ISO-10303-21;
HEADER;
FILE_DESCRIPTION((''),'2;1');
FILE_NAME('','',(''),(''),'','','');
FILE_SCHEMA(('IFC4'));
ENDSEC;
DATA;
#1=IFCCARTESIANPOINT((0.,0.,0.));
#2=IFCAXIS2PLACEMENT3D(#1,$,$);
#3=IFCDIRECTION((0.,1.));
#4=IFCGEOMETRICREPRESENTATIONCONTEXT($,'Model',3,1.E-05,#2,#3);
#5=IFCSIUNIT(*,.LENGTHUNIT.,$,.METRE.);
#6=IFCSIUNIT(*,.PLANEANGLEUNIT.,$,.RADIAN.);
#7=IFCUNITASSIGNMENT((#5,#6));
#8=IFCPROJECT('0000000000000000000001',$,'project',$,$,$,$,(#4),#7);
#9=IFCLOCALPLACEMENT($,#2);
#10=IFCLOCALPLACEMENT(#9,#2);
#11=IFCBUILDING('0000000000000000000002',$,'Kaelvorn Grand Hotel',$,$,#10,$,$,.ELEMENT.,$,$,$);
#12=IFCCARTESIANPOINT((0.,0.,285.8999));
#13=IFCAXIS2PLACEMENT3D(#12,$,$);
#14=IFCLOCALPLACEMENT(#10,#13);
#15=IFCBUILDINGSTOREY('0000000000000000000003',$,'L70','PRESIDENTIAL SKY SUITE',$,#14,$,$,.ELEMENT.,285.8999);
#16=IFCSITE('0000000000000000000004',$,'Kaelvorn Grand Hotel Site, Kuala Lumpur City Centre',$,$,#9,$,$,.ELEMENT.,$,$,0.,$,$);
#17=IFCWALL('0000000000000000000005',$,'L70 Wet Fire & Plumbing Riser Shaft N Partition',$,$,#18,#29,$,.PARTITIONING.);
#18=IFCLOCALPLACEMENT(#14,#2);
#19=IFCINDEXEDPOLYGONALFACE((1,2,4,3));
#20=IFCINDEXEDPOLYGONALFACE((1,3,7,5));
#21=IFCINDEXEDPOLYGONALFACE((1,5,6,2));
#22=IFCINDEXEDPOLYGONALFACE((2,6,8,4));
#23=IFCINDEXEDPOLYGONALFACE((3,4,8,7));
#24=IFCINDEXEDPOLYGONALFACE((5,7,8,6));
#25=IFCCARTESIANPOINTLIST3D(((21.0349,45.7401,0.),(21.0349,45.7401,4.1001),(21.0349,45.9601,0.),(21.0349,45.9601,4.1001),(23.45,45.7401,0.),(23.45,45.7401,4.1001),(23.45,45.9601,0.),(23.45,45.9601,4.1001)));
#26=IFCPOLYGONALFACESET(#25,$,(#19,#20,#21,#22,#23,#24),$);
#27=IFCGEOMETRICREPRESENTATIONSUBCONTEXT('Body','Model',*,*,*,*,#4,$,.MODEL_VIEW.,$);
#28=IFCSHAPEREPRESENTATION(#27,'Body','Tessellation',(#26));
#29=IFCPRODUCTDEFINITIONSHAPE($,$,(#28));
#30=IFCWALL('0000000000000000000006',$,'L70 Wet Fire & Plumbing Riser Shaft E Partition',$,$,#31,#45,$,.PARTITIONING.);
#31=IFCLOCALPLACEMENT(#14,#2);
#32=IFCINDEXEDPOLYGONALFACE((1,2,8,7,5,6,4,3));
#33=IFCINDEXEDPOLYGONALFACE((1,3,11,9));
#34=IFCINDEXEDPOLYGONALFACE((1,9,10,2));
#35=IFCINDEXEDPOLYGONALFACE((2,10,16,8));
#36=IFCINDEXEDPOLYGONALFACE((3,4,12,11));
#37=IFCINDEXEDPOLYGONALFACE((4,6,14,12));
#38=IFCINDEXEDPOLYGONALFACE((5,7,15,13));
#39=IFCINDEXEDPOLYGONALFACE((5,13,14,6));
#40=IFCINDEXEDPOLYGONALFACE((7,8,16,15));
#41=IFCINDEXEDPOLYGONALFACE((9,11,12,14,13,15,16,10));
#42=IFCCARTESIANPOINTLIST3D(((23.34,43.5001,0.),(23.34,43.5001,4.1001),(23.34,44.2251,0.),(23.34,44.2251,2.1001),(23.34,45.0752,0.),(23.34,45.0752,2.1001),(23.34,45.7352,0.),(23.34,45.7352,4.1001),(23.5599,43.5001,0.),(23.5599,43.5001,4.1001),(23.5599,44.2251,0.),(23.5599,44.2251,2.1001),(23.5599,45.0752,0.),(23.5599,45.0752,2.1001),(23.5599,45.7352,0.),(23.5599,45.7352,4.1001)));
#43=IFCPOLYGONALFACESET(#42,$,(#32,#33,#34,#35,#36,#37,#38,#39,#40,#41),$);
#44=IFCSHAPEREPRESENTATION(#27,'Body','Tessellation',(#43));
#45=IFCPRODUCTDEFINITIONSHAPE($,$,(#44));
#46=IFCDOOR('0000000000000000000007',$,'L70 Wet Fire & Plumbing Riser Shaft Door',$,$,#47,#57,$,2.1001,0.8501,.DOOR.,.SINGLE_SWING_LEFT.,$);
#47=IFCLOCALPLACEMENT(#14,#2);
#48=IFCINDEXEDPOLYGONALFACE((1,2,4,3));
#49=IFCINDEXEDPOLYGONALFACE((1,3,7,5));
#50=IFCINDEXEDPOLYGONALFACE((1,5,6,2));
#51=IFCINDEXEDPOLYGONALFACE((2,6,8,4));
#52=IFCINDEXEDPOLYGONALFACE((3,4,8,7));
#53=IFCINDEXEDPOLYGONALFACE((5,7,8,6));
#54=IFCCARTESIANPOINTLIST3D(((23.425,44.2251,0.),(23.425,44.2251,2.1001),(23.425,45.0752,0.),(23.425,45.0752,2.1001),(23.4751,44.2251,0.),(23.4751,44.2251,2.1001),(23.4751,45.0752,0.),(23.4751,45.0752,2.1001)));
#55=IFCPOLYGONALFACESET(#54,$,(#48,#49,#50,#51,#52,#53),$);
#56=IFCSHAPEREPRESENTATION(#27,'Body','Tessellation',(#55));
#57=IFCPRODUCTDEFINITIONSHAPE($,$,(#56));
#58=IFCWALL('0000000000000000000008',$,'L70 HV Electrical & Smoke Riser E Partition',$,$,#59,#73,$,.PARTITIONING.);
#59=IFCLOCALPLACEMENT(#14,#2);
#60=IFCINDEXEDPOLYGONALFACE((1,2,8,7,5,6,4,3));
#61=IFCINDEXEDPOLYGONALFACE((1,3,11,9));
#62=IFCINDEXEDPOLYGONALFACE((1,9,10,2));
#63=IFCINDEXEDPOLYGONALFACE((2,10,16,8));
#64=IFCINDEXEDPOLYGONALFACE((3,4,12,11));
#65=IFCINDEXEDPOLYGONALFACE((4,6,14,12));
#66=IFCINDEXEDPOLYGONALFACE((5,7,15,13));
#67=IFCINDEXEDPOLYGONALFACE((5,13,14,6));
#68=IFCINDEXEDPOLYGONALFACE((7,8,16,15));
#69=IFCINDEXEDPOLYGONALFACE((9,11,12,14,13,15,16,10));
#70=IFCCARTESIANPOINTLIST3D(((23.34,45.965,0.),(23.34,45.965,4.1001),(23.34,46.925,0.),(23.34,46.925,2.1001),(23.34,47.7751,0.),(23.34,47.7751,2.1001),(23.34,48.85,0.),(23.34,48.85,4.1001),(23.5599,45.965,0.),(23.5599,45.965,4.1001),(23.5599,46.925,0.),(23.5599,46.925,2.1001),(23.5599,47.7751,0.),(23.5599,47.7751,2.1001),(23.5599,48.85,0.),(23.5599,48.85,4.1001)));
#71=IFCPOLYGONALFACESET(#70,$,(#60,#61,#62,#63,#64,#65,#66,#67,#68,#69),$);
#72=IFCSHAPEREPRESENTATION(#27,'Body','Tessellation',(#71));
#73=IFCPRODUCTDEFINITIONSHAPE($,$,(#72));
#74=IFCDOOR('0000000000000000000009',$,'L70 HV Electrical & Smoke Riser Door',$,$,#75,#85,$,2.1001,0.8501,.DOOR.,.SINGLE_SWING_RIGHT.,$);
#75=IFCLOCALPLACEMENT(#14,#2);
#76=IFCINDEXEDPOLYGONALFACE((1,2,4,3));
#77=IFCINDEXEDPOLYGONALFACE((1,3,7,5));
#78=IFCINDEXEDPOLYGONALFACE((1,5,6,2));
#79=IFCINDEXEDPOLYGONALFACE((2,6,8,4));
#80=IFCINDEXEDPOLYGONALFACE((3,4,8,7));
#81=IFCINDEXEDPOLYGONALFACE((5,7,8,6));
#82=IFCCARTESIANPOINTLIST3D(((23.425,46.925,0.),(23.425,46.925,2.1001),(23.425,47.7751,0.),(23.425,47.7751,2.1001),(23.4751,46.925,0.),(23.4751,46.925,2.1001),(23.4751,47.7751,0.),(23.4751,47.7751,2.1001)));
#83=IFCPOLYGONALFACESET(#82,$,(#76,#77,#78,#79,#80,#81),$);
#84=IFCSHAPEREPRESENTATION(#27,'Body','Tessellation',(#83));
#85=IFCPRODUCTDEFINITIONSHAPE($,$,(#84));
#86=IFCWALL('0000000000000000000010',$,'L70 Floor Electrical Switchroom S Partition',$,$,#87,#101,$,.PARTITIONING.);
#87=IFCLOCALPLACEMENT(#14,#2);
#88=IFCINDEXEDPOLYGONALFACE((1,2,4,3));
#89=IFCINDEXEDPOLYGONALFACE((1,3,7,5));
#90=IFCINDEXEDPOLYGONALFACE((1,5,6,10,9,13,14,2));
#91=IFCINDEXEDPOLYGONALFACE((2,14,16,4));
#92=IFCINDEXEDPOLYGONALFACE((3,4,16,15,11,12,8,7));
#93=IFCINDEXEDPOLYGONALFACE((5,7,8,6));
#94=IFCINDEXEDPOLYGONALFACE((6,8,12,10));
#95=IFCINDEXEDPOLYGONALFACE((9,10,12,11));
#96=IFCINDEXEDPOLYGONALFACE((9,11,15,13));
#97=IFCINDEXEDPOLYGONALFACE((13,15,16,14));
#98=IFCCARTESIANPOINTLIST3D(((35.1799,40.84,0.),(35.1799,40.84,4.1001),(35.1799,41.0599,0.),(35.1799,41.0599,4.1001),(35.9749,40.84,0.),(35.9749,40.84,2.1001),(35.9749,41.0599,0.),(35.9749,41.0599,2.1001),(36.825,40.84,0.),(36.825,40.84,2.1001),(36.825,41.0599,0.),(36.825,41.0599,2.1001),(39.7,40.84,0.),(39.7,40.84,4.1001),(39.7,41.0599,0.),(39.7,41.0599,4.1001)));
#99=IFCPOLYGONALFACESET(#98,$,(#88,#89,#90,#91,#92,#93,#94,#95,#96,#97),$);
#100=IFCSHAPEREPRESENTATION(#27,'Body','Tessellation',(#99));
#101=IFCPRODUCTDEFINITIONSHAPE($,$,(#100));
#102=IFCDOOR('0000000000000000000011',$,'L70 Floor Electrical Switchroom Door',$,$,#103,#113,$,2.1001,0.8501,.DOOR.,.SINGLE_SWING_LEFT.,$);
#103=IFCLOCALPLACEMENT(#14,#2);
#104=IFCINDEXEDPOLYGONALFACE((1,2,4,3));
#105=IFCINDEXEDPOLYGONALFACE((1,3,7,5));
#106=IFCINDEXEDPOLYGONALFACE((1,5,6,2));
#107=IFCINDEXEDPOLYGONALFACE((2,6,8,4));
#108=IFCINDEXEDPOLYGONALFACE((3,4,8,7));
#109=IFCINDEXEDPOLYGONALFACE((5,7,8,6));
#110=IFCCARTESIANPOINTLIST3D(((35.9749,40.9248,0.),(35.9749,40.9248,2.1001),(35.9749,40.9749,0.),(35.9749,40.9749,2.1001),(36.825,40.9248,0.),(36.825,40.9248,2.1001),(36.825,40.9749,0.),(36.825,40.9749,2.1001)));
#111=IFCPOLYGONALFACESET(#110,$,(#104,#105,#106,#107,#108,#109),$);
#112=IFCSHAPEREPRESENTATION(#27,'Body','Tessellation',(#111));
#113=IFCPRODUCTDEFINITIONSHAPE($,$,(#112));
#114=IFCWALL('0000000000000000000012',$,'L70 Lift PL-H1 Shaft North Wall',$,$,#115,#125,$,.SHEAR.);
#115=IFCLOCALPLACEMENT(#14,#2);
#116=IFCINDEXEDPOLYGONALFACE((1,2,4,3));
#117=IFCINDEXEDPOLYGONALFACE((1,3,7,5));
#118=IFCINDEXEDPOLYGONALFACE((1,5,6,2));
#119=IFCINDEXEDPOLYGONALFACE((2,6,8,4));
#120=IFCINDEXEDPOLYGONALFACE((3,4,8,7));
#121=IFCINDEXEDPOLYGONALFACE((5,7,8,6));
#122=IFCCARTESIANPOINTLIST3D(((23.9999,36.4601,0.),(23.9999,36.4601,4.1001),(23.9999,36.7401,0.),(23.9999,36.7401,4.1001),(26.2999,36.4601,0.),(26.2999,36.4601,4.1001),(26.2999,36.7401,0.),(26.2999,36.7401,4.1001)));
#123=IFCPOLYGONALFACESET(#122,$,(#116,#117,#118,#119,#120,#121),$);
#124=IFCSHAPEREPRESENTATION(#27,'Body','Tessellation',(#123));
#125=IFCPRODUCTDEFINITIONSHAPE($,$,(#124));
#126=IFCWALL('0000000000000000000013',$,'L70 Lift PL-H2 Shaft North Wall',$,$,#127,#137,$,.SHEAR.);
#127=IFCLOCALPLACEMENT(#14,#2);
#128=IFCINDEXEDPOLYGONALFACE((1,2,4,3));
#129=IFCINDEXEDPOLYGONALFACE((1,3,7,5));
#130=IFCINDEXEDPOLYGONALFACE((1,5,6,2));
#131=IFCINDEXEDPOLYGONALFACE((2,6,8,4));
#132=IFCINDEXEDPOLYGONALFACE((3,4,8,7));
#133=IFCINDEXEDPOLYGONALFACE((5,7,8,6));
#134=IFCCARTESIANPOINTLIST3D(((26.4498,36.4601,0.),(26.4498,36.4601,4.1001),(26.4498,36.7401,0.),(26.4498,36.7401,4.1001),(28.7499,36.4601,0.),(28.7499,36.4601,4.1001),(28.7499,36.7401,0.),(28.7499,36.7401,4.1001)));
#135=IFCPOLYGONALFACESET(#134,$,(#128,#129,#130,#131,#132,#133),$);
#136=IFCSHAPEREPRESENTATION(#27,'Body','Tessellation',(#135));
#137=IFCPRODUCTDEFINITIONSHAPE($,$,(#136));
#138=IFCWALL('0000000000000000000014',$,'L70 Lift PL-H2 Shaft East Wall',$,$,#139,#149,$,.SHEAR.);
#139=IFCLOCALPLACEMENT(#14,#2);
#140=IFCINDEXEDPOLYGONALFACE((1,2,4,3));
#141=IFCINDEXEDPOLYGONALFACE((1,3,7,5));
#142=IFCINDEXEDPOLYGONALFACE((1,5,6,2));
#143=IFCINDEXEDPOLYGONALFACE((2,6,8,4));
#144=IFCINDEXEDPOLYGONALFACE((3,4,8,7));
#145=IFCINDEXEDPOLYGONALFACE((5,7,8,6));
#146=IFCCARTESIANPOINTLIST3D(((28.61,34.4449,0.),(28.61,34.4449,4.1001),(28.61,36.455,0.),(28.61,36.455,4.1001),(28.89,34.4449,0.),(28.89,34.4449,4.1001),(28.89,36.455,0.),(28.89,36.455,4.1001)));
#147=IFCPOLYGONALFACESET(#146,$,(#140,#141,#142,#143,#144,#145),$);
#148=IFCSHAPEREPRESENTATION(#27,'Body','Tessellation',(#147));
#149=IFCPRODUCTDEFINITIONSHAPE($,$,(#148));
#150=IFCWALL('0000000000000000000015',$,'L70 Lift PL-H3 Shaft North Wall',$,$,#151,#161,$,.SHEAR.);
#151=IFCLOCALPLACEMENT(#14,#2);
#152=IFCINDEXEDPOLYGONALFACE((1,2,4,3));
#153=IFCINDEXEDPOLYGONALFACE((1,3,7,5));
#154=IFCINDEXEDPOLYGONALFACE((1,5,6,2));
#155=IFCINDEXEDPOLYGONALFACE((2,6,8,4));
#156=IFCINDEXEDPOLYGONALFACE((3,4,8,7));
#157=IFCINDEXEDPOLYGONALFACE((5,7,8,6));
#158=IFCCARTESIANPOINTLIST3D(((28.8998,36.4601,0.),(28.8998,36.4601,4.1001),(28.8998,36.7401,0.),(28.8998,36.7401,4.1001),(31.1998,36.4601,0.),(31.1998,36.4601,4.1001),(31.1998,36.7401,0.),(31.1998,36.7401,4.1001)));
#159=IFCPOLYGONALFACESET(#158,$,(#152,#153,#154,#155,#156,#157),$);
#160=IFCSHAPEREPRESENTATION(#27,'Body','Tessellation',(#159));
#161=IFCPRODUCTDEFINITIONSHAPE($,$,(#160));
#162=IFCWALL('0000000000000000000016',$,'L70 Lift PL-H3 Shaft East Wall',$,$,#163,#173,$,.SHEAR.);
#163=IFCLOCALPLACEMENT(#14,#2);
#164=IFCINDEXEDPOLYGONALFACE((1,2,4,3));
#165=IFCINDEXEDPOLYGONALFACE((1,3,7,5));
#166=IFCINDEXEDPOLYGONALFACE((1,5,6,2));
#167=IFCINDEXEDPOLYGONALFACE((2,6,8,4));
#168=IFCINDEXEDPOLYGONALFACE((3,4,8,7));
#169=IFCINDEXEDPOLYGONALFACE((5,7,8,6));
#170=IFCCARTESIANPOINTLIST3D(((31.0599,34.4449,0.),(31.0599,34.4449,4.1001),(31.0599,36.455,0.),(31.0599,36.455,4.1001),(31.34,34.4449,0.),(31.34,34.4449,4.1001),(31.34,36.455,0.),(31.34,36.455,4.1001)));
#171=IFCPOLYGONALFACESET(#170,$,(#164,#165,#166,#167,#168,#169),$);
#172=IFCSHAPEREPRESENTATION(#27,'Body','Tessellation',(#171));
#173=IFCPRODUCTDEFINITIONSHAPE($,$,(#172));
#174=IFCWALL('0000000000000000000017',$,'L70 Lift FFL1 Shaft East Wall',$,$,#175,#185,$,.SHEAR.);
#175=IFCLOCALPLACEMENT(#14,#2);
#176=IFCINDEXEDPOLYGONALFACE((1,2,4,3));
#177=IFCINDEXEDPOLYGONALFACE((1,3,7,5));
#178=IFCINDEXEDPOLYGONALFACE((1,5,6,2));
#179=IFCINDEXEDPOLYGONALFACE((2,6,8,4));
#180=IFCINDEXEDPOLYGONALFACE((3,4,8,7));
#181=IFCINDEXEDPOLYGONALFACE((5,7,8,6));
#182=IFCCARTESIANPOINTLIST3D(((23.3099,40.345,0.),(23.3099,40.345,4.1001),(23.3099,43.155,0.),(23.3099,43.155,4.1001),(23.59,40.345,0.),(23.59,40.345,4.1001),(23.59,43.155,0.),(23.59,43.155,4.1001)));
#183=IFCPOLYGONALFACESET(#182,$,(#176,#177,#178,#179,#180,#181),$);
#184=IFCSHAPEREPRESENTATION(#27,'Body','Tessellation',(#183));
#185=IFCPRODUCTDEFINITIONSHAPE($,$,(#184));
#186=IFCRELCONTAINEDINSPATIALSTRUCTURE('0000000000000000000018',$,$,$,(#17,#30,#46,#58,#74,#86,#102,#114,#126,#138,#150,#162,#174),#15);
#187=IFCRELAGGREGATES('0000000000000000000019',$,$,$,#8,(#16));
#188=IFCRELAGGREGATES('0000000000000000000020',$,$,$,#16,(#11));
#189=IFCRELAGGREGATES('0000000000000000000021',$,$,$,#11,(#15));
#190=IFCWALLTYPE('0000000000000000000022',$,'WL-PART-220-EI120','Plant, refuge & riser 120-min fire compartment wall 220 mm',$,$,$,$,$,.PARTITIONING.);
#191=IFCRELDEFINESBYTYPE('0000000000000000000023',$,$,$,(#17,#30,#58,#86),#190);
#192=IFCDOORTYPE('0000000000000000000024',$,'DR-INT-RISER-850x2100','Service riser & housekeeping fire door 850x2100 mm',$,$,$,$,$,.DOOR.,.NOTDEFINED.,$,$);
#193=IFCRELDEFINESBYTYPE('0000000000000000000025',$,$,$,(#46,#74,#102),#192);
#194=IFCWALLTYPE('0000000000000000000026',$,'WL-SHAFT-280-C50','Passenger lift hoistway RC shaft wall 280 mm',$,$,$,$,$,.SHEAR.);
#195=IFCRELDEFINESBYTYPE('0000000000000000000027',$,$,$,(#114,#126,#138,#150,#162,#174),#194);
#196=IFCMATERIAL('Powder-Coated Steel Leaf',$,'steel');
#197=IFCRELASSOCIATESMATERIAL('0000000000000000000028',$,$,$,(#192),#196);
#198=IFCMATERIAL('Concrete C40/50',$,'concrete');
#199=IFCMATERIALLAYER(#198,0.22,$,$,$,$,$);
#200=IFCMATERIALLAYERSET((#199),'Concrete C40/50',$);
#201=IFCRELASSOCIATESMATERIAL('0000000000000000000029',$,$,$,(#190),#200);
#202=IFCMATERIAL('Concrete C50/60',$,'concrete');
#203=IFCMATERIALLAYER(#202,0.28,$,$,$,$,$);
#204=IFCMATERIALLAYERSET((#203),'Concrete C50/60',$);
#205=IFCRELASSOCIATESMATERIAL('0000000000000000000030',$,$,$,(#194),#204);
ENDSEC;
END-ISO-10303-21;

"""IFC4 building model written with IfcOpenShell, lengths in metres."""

from ifc_helpers import new_model, si_unit, direction, frame, frame_2d, origin, place, context, subcontext, project, spatial, rectangle, extrude, material, layer, layer_set, type_object, element, fill, save


model = new_model("IFC4")

# Units and contexts
model_context = context("Model", 3, precision=1e-05, world=origin(), true_north=direction((0.0, 1.0)))
body_context = subcontext(model_context, "Body", "Model", "MODEL_VIEW")
ifc_project = project(units=[si_unit("LENGTHUNIT", "METRE"), si_unit("PLANEANGLEUNIT", "RADIAN")], contexts=[model_context])

# Site, building, storey
site_placement = place(None, origin())
site = spatial("IfcSite", under=ifc_project, at=site_placement, Name="Kaelvorn Grand Hotel Site, Kuala Lumpur City Centre", CompositionType="ELEMENT", RefElevation=0.0)
building_placement = place(site_placement, origin())
building = spatial("IfcBuilding", under=site, at=building_placement, Name="Kaelvorn Grand Hotel", CompositionType="ELEMENT")
storey_placement = place(building_placement, frame((0.0, 0.0, 285.8999)))
storey = spatial("IfcBuildingStorey", under=building, at=storey_placement, Name="L70", Description="PRESIDENTIAL SKY SUITE", CompositionType="ELEMENT", Elevation=285.8999)

# Shared definitions
ifc_material_1 = material(Name="Concrete C50/60", Category="concrete")

# Shared definitions
ifc_material_2 = material(Name="Powder-Coated Steel Leaf", Category="steel")
door_type_1 = type_object("IfcDoorType", Name="DR-INT-RISER-850x2100", Description="Service riser & housekeeping fire door 850x2100 mm", OperationType="NOTDEFINED", PredefinedType="DOOR", material=ifc_material_2)

# Wall
ifc_material_3 = material(Name="Concrete C40/50", Category="concrete")
ifc_layer_1 = layer(ifc_material_3, 0.22)
ifc_layer_set_1 = layer_set([ifc_layer_1], Name="Concrete C40/50")
wall_type_1 = type_object("IfcWallType", Name="WL-PART-220-EI120", Description="Plant, refuge & riser 120-min fire compartment wall 220 mm", PredefinedType="PARTITIONING", material=ifc_layer_set_1)
wall_1_placement = place(storey_placement, frame((21.0349, 45.8501, 0.0), z_axis=(0.0, 0.0, 1.0), x_axis=(1.0, 0.0, 0.0)))
element("IfcWall", 1, at=wall_1_placement, inside=storey, type_object=wall_type_1, Name="L70 Wet Fire & Plumbing Riser Shaft N Partition", PredefinedType="PARTITIONING", context=body_context, shape_type="SweptSolid", body=[
    extrude(rectangle(XDim=2.415, YDim=0.22, at=frame_2d((1.2075, 0.0))), origin(), (0.0, 0.0, 1.0), 4.1001),
])

# Walls, openings, doors
wall_2_placement = place(storey_placement, frame((23.45, 43.5, 0.0), z_axis=(0.0, 0.0, 1.0), x_axis=(0.0, 1.0, 0.0)))
wall_2 = element("IfcWall", 2, at=wall_2_placement, inside=storey, type_object=wall_type_1, Name="L70 Wet Fire & Plumbing Riser Shaft E Partition", PredefinedType="PARTITIONING", context=body_context, shape_type="SweptSolid", body=[
    extrude(rectangle(XDim=2.2351, YDim=0.22, at=frame_2d((1.1177, 0.0))), origin(), (0.0, 0.0, 1.0), 4.1001),
])
opening_1_placement = place(wall_2_placement, frame((0.7251, 0.0, 0.0)))
opening_1 = element("IfcOpeningElement", 3, at=opening_1_placement, cuts=wall_2, PredefinedType="OPENING", context=body_context, shape_type="SweptSolid", body=[
    extrude(rectangle(XDim=0.8501, YDim=2.1001, at=frame_2d((0.425, 1.05))), frame((0.0, 0.1201, 0.0), z_axis=(0.0, -1.0, 0.0), x_axis=(1.0, 0.0, 0.0)), (0.0, 0.0, 1.0), 0.24),
])
door_1_placement = place(opening_1_placement, origin())
door_1 = element("IfcDoor", 4, at=door_1_placement, inside=storey, type_object=door_type_1, Name="L70 Wet Fire & Plumbing Riser Shaft Door", OperationType="SINGLE_SWING_LEFT", OverallHeight=2.1001, OverallWidth=0.8501, PredefinedType="DOOR", context=body_context, shape_type="SweptSolid", body=[
    extrude(rectangle(XDim=0.8501, YDim=2.1001, at=frame_2d((0.425, 1.05))), frame((0.0, 0.0249, 0.0), z_axis=(0.0, -1.0, 0.0), x_axis=(1.0, 0.0, 0.0)), (0.0, 0.0, 1.0), 0.05),
])
fill(opening_1, door_1)
wall_3_placement = place(storey_placement, frame((23.45, 45.9651, 0.0), z_axis=(0.0, 0.0, 1.0), x_axis=(0.0, 1.0, 0.0)))
wall_3 = element("IfcWall", 5, at=wall_3_placement, inside=storey, type_object=wall_type_1, Name="L70 HV Electrical & Smoke Riser E Partition", PredefinedType="PARTITIONING", context=body_context, shape_type="SweptSolid", body=[
    extrude(rectangle(XDim=2.885, YDim=0.22, at=frame_2d((1.4424, 0.0))), origin(), (0.0, 0.0, 1.0), 4.1001),
])
opening_2_placement = place(wall_3_placement, frame((0.96, 0.0, 0.0)))
opening_2 = element("IfcOpeningElement", 6, at=opening_2_placement, cuts=wall_3, PredefinedType="OPENING", context=body_context, shape_type="SweptSolid", body=[
    extrude(rectangle(XDim=0.8501, YDim=2.1001, at=frame_2d((0.425, 1.05))), frame((0.0, 0.1201, 0.0), z_axis=(0.0, -1.0, 0.0), x_axis=(1.0, 0.0, 0.0)), (0.0, 0.0, 1.0), 0.24),
])
door_2_placement = place(opening_2_placement, origin())
door_2 = element("IfcDoor", 7, at=door_2_placement, inside=storey, type_object=door_type_1, Name="L70 HV Electrical & Smoke Riser Door", OperationType="SINGLE_SWING_RIGHT", OverallHeight=2.1001, OverallWidth=0.8501, PredefinedType="DOOR", context=body_context, shape_type="SweptSolid", body=[
    extrude(rectangle(XDim=0.8501, YDim=2.1001, at=frame_2d((0.425, 1.05))), frame((0.0, 0.0249, 0.0), z_axis=(0.0, -1.0, 0.0), x_axis=(1.0, 0.0, 0.0)), (0.0, 0.0, 1.0), 0.05),
])
fill(opening_2, door_2)
wall_4_placement = place(storey_placement, frame((35.1799, 40.95, 0.0), z_axis=(0.0, 0.0, 1.0), x_axis=(1.0, 0.0, 0.0)))
wall_4 = element("IfcWall", 8, at=wall_4_placement, inside=storey, type_object=wall_type_1, Name="L70 Floor Electrical Switchroom S Partition", PredefinedType="PARTITIONING", context=body_context, shape_type="SweptSolid", body=[
    extrude(rectangle(XDim=4.52, YDim=0.22, at=frame_2d((2.26, 0.0))), origin(), (0.0, 0.0, 1.0), 4.1001),
])
opening_3_placement = place(wall_4_placement, frame((0.7949, 0.0, 0.0)))
opening_3 = element("IfcOpeningElement", 9, at=opening_3_placement, cuts=wall_4, PredefinedType="OPENING", context=body_context, shape_type="SweptSolid", body=[
    extrude(rectangle(XDim=0.8501, YDim=2.1001, at=frame_2d((0.425, 1.05))), frame((0.0, 0.1201, 0.0), z_axis=(0.0, -1.0, 0.0), x_axis=(1.0, 0.0, 0.0)), (0.0, 0.0, 1.0), 0.24),
])
door_3_placement = place(opening_3_placement, origin())
door_3 = element("IfcDoor", 10, at=door_3_placement, inside=storey, type_object=door_type_1, Name="L70 Floor Electrical Switchroom Door", OperationType="SINGLE_SWING_LEFT", OverallHeight=2.1001, OverallWidth=0.8501, PredefinedType="DOOR", context=body_context, shape_type="SweptSolid", body=[
    extrude(rectangle(XDim=0.8501, YDim=2.1001, at=frame_2d((0.425, 1.05))), frame((0.0, 0.0249, 0.0), z_axis=(0.0, -1.0, 0.0), x_axis=(1.0, 0.0, 0.0)), (0.0, 0.0, 1.0), 0.05),
])
fill(opening_3, door_3)

# Walls
ifc_layer_2 = layer(ifc_material_1, 0.28)
ifc_layer_set_2 = layer_set([ifc_layer_2], Name="Concrete C50/60")
wall_type_2 = type_object("IfcWallType", Name="WL-SHAFT-280-C50", Description="Passenger lift hoistway RC shaft wall 280 mm", PredefinedType="SHEAR", material=ifc_layer_set_2)
for number, where, z_axis, x_axis, name in (
    (11, (24.0, 36.6001, 0.0), (0.0, 0.0, 1.0), (1.0, 0.0, 0.0), "L70 Lift PL-H1 Shaft North Wall"),
    (12, (26.45, 36.6001, 0.0), (0.0, 0.0, 1.0), (1.0, 0.0, 0.0), "L70 Lift PL-H2 Shaft North Wall"),
):
    element("IfcWall", number, at=place(storey_placement, frame(where, z_axis=z_axis, x_axis=x_axis)), inside=storey, type_object=wall_type_2, Name=name, PredefinedType="SHEAR", context=body_context, shape_type="SweptSolid", body=[
        extrude(rectangle(XDim=2.3, YDim=0.28, at=frame_2d((1.1499, 0.0))), origin(), (0.0, 0.0, 1.0), 4.1001),
    ])
wall_5_placement = place(storey_placement, frame((28.75, 34.4451, 0.0), z_axis=(0.0, 0.0, 1.0), x_axis=(0.0, 1.0, 0.0)))
element("IfcWall", 13, at=wall_5_placement, inside=storey, type_object=wall_type_2, Name="L70 Lift PL-H2 Shaft East Wall", PredefinedType="SHEAR", context=body_context, shape_type="SweptSolid", body=[
    extrude(rectangle(XDim=2.01, YDim=0.28, at=frame_2d((1.0049, 0.0))), origin(), (0.0, 0.0, 1.0), 4.1001),
])
wall_6_placement = place(storey_placement, frame((28.8999, 36.6001, 0.0), z_axis=(0.0, 0.0, 1.0), x_axis=(1.0, 0.0, 0.0)))
element("IfcWall", 14, at=wall_6_placement, inside=storey, type_object=wall_type_2, Name="L70 Lift PL-H3 Shaft North Wall", PredefinedType="SHEAR", context=body_context, shape_type="SweptSolid", body=[
    extrude(rectangle(XDim=2.3, YDim=0.28, at=frame_2d((1.1499, 0.0))), origin(), (0.0, 0.0, 1.0), 4.1001),
])
wall_7_placement = place(storey_placement, frame((31.2, 34.4451, 0.0), z_axis=(0.0, 0.0, 1.0), x_axis=(0.0, 1.0, 0.0)))
element("IfcWall", 15, at=wall_7_placement, inside=storey, type_object=wall_type_2, Name="L70 Lift PL-H3 Shaft East Wall", PredefinedType="SHEAR", context=body_context, shape_type="SweptSolid", body=[
    extrude(rectangle(XDim=2.01, YDim=0.28, at=frame_2d((1.0049, 0.0))), origin(), (0.0, 0.0, 1.0), 4.1001),
])
wall_8_placement = place(storey_placement, frame((23.45, 40.345, 0.0), z_axis=(0.0, 0.0, 1.0), x_axis=(0.0, 1.0, 0.0)))
element("IfcWall", 16, at=wall_8_placement, inside=storey, type_object=wall_type_2, Name="L70 Lift FFL1 Shaft East Wall", PredefinedType="SHEAR", context=body_context, shape_type="SweptSolid", body=[
    extrude(rectangle(XDim=2.8101, YDim=0.28, at=frame_2d((1.405, 0.0))), origin(), (0.0, 0.0, 1.0), 4.1001),
])

save(model, "model.ifc")
